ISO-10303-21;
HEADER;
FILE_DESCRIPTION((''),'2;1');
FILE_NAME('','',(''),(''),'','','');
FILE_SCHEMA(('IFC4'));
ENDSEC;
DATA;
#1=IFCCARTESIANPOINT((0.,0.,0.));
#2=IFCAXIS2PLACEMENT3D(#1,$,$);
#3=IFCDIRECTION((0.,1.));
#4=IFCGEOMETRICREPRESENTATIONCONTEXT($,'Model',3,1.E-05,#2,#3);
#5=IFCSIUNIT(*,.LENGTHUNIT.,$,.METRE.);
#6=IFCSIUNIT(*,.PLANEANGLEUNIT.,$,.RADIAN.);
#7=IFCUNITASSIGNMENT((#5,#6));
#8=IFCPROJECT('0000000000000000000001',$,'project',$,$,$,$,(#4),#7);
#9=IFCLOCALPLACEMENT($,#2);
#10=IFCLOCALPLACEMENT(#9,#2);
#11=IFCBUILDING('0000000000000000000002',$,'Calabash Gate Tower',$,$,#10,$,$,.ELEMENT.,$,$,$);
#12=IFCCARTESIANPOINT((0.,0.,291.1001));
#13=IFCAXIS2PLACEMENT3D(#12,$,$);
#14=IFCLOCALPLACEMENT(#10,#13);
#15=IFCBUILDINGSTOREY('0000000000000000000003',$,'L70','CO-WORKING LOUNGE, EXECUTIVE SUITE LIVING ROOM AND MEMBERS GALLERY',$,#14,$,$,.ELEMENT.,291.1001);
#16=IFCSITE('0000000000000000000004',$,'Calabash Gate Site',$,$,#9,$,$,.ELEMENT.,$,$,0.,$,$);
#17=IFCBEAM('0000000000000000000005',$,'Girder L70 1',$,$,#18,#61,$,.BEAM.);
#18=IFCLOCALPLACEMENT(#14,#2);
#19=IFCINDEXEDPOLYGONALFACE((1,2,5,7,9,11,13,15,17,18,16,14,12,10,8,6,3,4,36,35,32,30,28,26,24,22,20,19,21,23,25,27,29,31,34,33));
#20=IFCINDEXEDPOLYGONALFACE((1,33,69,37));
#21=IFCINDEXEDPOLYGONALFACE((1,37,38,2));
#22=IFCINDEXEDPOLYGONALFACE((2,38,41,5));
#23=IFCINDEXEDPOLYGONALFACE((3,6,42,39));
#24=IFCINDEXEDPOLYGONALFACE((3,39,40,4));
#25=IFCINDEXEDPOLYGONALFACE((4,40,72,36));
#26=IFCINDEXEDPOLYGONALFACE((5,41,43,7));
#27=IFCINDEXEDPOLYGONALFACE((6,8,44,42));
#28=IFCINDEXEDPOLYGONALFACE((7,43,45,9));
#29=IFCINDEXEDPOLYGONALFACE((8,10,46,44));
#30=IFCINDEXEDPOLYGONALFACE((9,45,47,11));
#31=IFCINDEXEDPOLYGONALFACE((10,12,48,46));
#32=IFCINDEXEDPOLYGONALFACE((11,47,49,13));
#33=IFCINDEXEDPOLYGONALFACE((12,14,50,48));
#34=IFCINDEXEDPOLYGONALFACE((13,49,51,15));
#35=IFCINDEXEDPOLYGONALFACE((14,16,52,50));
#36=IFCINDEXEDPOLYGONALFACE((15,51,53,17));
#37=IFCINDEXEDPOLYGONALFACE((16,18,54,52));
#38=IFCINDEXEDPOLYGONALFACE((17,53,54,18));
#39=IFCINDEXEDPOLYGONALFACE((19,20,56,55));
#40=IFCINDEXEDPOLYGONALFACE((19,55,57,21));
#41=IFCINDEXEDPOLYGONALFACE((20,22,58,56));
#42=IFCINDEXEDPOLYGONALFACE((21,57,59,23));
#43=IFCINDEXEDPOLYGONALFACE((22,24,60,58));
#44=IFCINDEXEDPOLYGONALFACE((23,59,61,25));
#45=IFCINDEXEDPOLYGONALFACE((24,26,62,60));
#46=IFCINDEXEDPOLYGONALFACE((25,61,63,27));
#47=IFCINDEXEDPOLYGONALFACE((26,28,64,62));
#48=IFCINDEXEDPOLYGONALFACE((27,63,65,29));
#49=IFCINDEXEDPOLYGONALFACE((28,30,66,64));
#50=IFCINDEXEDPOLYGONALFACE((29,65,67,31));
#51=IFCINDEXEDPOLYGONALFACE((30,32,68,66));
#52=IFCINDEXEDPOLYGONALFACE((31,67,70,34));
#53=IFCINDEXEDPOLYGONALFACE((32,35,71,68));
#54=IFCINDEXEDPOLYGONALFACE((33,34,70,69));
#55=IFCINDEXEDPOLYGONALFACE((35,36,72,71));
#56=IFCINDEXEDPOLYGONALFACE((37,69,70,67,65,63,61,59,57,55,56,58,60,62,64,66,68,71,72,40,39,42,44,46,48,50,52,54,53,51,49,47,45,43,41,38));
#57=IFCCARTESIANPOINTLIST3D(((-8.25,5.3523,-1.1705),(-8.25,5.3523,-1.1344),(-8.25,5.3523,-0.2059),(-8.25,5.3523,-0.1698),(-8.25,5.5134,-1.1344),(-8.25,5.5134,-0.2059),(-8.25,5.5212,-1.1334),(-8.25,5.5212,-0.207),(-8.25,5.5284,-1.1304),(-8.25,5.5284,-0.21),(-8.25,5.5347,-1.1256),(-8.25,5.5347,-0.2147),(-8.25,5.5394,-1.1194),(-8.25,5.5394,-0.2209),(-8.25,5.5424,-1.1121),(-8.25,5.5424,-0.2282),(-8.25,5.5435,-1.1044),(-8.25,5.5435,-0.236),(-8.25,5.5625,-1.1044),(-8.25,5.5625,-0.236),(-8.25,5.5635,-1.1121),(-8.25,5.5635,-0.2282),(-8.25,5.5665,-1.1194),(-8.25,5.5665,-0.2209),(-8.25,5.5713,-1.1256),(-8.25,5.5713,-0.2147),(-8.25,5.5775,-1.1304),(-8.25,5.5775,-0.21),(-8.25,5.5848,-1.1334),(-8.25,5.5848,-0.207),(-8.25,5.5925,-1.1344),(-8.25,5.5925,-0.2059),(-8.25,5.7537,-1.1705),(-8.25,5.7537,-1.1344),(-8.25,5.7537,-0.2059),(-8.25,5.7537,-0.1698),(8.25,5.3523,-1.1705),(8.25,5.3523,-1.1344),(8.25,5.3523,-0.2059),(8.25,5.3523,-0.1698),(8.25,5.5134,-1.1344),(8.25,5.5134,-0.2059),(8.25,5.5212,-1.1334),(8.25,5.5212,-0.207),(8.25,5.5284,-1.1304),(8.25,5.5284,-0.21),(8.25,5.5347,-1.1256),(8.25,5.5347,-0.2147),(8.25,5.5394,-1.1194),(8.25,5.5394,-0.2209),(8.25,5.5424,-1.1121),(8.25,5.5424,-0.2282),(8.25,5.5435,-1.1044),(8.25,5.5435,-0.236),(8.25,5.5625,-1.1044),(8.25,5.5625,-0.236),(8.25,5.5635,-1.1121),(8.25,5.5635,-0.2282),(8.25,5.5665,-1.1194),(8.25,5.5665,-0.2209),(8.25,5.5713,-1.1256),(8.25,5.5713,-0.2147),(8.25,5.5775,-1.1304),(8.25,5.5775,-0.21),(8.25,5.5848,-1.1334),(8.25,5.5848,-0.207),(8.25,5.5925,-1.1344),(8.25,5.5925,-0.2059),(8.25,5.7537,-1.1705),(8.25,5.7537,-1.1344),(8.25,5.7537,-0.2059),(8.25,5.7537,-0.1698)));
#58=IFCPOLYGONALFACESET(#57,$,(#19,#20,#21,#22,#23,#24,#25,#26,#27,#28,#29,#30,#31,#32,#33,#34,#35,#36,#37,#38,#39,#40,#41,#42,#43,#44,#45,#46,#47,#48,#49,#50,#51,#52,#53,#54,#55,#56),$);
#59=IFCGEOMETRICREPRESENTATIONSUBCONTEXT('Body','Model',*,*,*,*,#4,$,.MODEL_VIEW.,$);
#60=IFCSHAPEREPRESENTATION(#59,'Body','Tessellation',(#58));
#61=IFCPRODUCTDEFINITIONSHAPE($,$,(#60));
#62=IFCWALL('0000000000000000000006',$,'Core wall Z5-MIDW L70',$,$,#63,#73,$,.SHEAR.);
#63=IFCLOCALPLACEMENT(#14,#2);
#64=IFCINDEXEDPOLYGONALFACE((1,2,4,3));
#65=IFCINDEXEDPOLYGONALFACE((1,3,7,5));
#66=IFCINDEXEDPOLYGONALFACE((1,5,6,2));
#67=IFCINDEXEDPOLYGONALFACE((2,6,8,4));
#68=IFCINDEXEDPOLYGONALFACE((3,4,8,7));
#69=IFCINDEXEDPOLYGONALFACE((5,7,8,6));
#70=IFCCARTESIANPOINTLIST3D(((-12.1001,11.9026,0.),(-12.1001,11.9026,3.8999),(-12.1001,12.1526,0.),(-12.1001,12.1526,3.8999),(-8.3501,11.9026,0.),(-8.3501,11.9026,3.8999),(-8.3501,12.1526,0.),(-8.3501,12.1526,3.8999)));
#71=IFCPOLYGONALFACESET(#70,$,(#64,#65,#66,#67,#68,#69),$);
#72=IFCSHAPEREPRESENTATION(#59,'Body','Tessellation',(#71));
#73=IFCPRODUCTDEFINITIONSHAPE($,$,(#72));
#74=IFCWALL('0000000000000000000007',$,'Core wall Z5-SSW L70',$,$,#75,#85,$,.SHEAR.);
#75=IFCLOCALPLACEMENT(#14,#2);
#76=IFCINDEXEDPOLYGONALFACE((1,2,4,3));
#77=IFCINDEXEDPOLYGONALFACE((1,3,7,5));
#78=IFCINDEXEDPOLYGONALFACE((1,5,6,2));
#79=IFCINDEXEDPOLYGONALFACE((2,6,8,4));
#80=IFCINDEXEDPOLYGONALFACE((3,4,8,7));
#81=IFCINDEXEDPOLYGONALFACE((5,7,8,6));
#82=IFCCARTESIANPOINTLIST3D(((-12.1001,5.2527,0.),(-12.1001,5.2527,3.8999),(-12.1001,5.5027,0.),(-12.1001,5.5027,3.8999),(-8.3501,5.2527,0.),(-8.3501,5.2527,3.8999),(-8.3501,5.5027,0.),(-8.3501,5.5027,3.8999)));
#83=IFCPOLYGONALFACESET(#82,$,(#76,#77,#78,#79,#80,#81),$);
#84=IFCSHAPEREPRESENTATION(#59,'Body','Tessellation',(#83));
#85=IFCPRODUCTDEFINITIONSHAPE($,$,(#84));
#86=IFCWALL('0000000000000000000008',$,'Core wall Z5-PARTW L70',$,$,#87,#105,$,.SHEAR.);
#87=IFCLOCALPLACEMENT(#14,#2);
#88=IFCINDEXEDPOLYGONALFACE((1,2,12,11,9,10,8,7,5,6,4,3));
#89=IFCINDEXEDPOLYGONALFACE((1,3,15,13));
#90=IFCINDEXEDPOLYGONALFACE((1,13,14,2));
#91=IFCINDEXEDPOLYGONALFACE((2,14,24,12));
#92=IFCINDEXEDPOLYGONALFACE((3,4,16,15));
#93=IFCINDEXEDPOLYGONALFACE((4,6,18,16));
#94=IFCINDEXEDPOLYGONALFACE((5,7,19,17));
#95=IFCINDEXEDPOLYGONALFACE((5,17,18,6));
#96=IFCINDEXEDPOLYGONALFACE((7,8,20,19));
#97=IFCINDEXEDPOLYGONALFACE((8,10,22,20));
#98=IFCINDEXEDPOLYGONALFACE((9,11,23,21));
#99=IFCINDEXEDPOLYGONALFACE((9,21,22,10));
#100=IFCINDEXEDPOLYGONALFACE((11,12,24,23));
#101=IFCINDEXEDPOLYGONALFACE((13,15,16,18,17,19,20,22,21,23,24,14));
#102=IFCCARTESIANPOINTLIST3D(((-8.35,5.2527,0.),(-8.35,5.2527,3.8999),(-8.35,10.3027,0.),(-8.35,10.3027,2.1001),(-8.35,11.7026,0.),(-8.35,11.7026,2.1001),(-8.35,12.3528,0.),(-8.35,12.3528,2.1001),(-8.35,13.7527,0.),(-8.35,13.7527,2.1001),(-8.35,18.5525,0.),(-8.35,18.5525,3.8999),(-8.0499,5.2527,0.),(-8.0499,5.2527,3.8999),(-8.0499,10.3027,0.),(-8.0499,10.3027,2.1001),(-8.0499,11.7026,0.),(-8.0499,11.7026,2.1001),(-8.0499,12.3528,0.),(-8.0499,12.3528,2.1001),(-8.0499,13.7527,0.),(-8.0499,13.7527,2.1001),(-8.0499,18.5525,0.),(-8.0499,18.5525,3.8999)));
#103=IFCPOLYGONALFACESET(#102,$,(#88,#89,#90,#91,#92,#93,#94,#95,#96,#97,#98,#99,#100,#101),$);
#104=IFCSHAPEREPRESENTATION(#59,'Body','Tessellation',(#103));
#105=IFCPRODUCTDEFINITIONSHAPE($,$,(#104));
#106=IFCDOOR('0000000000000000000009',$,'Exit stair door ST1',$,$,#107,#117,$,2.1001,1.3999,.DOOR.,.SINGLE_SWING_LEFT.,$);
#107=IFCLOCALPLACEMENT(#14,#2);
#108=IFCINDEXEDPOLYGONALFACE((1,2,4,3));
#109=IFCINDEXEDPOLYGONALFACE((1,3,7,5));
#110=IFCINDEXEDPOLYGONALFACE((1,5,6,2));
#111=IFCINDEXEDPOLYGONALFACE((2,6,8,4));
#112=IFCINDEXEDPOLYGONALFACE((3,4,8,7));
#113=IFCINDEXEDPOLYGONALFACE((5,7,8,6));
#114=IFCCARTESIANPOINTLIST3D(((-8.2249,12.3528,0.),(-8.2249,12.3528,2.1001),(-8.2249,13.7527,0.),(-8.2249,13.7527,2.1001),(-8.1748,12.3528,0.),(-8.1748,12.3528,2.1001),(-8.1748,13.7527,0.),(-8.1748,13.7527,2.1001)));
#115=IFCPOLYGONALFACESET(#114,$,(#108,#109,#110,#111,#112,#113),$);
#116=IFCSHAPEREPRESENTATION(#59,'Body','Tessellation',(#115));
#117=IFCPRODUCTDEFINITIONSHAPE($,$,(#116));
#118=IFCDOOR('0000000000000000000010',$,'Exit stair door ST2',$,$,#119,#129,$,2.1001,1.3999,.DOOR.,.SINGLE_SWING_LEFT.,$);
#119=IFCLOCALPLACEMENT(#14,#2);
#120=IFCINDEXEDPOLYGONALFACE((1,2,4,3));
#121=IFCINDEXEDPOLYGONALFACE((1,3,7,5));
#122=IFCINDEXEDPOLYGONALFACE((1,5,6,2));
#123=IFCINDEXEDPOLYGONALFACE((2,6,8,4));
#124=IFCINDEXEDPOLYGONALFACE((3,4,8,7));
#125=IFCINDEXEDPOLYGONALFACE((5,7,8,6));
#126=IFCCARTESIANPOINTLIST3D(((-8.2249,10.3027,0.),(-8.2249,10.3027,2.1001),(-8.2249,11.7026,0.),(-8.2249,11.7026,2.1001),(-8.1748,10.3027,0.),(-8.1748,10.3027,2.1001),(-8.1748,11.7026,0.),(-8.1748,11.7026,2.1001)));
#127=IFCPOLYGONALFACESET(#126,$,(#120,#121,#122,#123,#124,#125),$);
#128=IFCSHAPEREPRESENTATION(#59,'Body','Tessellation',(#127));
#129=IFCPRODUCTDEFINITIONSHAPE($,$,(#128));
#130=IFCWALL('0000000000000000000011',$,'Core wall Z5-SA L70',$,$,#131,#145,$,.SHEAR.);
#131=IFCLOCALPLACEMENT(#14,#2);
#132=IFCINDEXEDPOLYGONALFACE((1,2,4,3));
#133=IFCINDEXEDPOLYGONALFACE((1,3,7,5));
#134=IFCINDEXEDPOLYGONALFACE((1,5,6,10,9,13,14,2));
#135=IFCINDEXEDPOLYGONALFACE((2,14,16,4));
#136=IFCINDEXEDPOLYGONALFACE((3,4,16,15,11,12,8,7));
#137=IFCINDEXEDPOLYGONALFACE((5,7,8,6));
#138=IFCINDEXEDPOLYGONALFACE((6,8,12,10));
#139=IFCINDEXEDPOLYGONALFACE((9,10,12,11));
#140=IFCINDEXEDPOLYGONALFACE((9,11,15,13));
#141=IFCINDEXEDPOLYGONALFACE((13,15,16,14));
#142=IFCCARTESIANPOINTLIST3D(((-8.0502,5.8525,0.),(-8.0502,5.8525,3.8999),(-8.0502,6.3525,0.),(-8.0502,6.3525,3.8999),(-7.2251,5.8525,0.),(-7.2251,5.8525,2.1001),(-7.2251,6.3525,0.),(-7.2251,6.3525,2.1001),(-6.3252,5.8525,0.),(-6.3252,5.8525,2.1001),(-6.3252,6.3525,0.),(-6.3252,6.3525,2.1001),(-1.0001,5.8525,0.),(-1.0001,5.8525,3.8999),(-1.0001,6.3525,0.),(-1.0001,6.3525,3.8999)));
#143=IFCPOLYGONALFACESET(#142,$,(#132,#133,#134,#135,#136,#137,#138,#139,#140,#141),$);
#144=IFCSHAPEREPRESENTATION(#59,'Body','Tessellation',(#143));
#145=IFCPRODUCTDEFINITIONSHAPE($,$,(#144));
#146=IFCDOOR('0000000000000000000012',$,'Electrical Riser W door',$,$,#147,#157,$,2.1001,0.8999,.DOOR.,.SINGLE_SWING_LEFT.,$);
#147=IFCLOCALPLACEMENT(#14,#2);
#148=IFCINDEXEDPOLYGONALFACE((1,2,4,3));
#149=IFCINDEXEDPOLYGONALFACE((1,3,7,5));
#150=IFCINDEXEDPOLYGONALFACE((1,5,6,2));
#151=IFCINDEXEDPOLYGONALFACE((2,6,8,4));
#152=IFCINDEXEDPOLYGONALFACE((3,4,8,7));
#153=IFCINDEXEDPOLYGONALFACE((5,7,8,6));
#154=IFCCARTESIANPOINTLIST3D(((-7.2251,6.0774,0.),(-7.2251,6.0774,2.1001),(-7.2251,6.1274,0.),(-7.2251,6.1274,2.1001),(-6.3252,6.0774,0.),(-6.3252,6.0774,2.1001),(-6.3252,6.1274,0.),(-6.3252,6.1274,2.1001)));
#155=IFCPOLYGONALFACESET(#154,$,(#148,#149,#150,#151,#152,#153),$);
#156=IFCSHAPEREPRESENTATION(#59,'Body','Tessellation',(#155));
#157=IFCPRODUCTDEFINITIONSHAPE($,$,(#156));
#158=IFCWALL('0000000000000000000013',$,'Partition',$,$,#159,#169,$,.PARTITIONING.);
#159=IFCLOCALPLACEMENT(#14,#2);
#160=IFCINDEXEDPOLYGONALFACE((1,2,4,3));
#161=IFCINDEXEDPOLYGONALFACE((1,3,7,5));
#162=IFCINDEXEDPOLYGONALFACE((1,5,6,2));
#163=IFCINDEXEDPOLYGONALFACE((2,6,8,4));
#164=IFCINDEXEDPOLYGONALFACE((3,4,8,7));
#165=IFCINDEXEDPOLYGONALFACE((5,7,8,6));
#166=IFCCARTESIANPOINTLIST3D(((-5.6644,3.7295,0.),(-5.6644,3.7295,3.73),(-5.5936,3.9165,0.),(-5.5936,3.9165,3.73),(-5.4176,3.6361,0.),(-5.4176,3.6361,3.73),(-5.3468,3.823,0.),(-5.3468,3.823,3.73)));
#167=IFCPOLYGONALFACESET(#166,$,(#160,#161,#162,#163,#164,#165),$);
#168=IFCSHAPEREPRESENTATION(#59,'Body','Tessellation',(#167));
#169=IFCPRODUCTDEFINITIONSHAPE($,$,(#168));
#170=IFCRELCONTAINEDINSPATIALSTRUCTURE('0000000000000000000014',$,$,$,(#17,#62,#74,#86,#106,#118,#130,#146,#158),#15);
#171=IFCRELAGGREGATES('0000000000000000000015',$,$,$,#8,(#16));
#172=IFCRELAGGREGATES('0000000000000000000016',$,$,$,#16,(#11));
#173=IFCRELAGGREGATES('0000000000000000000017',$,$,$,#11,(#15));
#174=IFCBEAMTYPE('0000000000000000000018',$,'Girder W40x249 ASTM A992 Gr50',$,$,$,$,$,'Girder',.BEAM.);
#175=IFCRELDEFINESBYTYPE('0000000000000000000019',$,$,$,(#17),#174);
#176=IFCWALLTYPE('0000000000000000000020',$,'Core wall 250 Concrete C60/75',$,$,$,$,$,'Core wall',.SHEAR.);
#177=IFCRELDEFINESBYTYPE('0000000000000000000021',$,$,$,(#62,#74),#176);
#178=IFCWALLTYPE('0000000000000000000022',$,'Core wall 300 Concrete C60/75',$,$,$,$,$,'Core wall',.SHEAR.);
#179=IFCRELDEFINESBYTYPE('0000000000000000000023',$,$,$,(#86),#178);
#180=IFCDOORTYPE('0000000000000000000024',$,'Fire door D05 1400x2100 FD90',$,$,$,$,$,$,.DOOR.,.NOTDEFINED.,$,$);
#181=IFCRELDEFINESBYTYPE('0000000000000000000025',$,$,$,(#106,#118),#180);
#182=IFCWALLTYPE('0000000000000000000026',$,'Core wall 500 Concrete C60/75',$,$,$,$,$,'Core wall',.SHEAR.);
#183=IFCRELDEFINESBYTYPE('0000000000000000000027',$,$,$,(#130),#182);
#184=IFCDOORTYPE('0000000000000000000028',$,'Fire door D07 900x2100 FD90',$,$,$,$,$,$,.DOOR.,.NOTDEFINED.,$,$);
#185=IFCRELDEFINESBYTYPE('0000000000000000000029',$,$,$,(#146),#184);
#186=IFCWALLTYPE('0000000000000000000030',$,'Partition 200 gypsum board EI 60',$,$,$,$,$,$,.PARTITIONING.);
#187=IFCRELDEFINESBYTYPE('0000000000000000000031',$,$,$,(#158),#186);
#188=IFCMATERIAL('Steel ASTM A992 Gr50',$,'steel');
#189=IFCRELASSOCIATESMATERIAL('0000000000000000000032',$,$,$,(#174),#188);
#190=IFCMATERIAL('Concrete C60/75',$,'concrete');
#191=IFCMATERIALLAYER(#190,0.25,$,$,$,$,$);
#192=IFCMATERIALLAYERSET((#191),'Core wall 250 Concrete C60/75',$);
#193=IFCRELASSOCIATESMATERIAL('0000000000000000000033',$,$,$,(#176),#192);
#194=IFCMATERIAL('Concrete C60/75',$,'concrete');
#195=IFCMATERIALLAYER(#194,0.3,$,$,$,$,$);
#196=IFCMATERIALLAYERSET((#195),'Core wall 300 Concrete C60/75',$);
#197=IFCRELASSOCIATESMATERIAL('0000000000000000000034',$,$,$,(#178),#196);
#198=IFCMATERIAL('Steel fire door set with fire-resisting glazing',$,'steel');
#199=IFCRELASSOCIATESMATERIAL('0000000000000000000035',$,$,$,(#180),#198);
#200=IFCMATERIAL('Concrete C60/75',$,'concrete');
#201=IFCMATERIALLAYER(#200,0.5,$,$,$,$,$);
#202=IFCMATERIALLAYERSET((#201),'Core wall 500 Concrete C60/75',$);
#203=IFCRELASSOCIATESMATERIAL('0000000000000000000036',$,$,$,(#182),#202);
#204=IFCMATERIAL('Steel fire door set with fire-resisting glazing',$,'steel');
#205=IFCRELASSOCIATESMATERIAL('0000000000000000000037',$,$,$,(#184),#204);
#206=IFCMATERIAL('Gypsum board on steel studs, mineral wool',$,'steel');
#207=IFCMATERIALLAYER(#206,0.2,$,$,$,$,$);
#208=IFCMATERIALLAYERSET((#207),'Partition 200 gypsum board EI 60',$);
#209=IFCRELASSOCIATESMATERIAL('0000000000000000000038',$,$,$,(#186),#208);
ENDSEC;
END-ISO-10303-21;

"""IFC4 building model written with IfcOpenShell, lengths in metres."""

from ifc_helpers import new_model, si_unit, direction, frame, frame_2d, origin, origin_2d, place, context, subcontext, project, spatial, rectangle, i_section, extrude, material, layer, layer_set, material_profile, profile_set, type_object, element, fill, save


model = new_model("IFC4")

# Units and contexts
model_context = context("Model", 3, precision=1e-05, world=origin(), true_north=direction((0.0, 1.0)))
body_context = subcontext(model_context, "Body", "Model", "MODEL_VIEW")
ifc_project = project(units=[si_unit("LENGTHUNIT", "METRE"), si_unit("PLANEANGLEUNIT", "RADIAN")], contexts=[model_context])

# Site, building, storey
site_placement = place(None, origin())
site = spatial("IfcSite", under=ifc_project, at=site_placement, Name="Calabash Gate Site", CompositionType="ELEMENT", RefElevation=0.0)
building_placement = place(site_placement, origin())
building = spatial("IfcBuilding", under=site, at=building_placement, Name="Calabash Gate Tower", CompositionType="ELEMENT")
storey_placement = place(building_placement, frame((0.0, 0.0, 291.1001)))
storey = spatial("IfcBuildingStorey", under=building, at=storey_placement, Name="L70", Description="CO-WORKING LOUNGE, EXECUTIVE SUITE LIVING ROOM AND MEMBERS GALLERY", CompositionType="ELEMENT", Elevation=291.1001)

# Beam
ifc_material_1 = material(Name="Steel ASTM A992 Gr50", Category="steel")
ifc_material_profile = material_profile(ifc_material_1, i_section(OverallWidth=0.4014, OverallDepth=1.0007, WebThickness=0.019, FlangeThickness=0.0361, FilletRadius=0.03, at=origin_2d()))
ifc_profile_set = profile_set([ifc_material_profile], Name="Steel ASTM A992 Gr50")
beam_type = type_object("IfcBeamType", Name="Girder W40x249 ASTM A992 Gr50", ElementType="Girder", PredefinedType="BEAM", material=ifc_profile_set)
beam_placement = place(storey_placement, frame((-8.25, 5.553, -0.6702), z_axis=(1.0, 0.0, 0.0), x_axis=(0.0, 1.0, 0.0)))
element("IfcBeam", 1, at=beam_placement, inside=storey, type_object=beam_type, Name="Girder L70 1", PredefinedType="BEAM", context=body_context, shape_type="SweptSolid", body=[
    extrude(i_section(OverallWidth=0.4014, OverallDepth=1.0007, WebThickness=0.019, FlangeThickness=0.0361, FilletRadius=0.03, at=origin_2d()), origin(), (0.0, 0.0, 1.0), 16.5),
])

# Walls
ifc_material_2 = material(Name="Concrete C60/75", Category="concrete")
ifc_layer_1 = layer(ifc_material_2, 0.25)
ifc_layer_set_1 = layer_set([ifc_layer_1], Name="Core wall 250 Concrete C60/75")
wall_type_1 = type_object("IfcWallType", Name="Core wall 250 Concrete C60/75", ElementType="Core wall", PredefinedType="SHEAR", material=ifc_layer_set_1)
for number, where, z_axis, x_axis, name in (
    (2, (-12.1001, 12.0276, 0.0), (0.0, 0.0, 1.0), (1.0, 0.0, 0.0), "Core wall Z5-MIDW L70"),
    (3, (-12.1001, 5.3777, 0.0), (0.0, 0.0, 1.0), (1.0, 0.0, 0.0), "Core wall Z5-SSW L70"),
):
    element("IfcWall", number, at=place(storey_placement, frame(where, z_axis=z_axis, x_axis=x_axis)), inside=storey, type_object=wall_type_1, Name=name, PredefinedType="SHEAR", context=body_context, shape_type="SweptSolid", body=[
        extrude(rectangle(XDim=3.75, YDim=0.25, at=frame_2d((1.875, 0.0))), origin(), (0.0, 0.0, 1.0), 3.8999),
    ])

# Wall, openings, doors
ifc_material_3 = material(Name="Concrete C60/75", Category="concrete")
ifc_layer_2 = layer(ifc_material_3, 0.3)
ifc_layer_set_2 = layer_set([ifc_layer_2], Name="Core wall 300 Concrete C60/75")
wall_type_2 = type_object("IfcWallType", Name="Core wall 300 Concrete C60/75", ElementType="Core wall", PredefinedType="SHEAR", material=ifc_layer_set_2)
wall_1_placement = place(storey_placement, frame((-8.2, 5.2527, 0.0), z_axis=(0.0, 0.0, 1.0), x_axis=(0.0, 1.0, 0.0)))
wall_1 = element("IfcWall", 4, at=wall_1_placement, inside=storey, type_object=wall_type_2, Name="Core wall Z5-PARTW L70", PredefinedType="SHEAR", context=body_context, shape_type="SweptSolid", body=[
    extrude(rectangle(XDim=13.2998, YDim=0.3, at=frame_2d((6.6499, 0.0))), origin(), (0.0, 0.0, 1.0), 3.8999),
])
opening_1_placement = place(wall_1_placement, frame((7.1001, 0.0, 0.0)))
opening_1 = element("IfcOpeningElement", 5, at=opening_1_placement, cuts=wall_1, PredefinedType="OPENING", context=body_context, shape_type="SweptSolid", body=[
    extrude(rectangle(XDim=1.3999, YDim=2.1001, at=frame_2d((0.7, 1.05))), frame((0.0, 0.1599, 0.0), z_axis=(0.0, -1.0, 0.0), x_axis=(1.0, 0.0, 0.0)), (0.0, 0.0, 1.0), 0.3201),
])
opening_2_placement = place(wall_1_placement, frame((5.05, 0.0, 0.0)))
opening_2 = element("IfcOpeningElement", 6, at=opening_2_placement, cuts=wall_1, PredefinedType="OPENING", context=body_context, shape_type="SweptSolid", body=[
    extrude(rectangle(XDim=1.3999, YDim=2.1001, at=frame_2d((0.7, 1.05))), frame((0.0, 0.1599, 0.0), z_axis=(0.0, -1.0, 0.0), x_axis=(1.0, 0.0, 0.0)), (0.0, 0.0, 1.0), 0.3201),
])
ifc_material_4 = material(Name="Steel fire door set with fire-resisting glazing", Category="steel")
door_type_1 = type_object("IfcDoorType", Name="Fire door D05 1400x2100 FD90", OperationType="NOTDEFINED", PredefinedType="DOOR", material=ifc_material_4)
door_1_placement = place(opening_1_placement, origin())
door_1 = element("IfcDoor", 7, at=door_1_placement, inside=storey, type_object=door_type_1, Name="Exit stair door ST1", OperationType="SINGLE_SWING_LEFT", OverallHeight=2.1001, OverallWidth=1.3999, PredefinedType="DOOR", context=body_context, shape_type="SweptSolid", body=[
    extrude(rectangle(XDim=1.3999, YDim=2.1001, at=frame_2d((0.7, 1.05))), frame((0.0, 0.0249, 0.0), z_axis=(0.0, -1.0, 0.0), x_axis=(1.0, 0.0, 0.0)), (0.0, 0.0, 1.0), 0.05),
])
fill(opening_1, door_1)
door_2_placement = place(opening_2_placement, origin())
door_2 = element("IfcDoor", 8, at=door_2_placement, inside=storey, type_object=door_type_1, Name="Exit stair door ST2", OperationType="SINGLE_SWING_LEFT", OverallHeight=2.1001, OverallWidth=1.3999, PredefinedType="DOOR", context=body_context, shape_type="SweptSolid", body=[
    extrude(rectangle(XDim=1.3999, YDim=2.1001, at=frame_2d((0.7, 1.05))), frame((0.0, 0.0249, 0.0), z_axis=(0.0, -1.0, 0.0), x_axis=(1.0, 0.0, 0.0)), (0.0, 0.0, 1.0), 0.05),
])
fill(opening_2, door_2)

# Wall, opening, door
ifc_material_5 = material(Name="Concrete C60/75", Category="concrete")
ifc_layer_3 = layer(ifc_material_5, 0.5)
ifc_layer_set_3 = layer_set([ifc_layer_3], Name="Core wall 500 Concrete C60/75")
wall_type_3 = type_object("IfcWallType", Name="Core wall 500 Concrete C60/75", ElementType="Core wall", PredefinedType="SHEAR", material=ifc_layer_set_3)
wall_2_placement = place(storey_placement, frame((-8.05, 6.1025, 0.0), z_axis=(0.0, 0.0, 1.0), x_axis=(1.0, 0.0, 0.0)))
wall_2 = element("IfcWall", 9, at=wall_2_placement, inside=storey, type_object=wall_type_3, Name="Core wall Z5-SA L70", PredefinedType="SHEAR", context=body_context, shape_type="SweptSolid", body=[
    extrude(rectangle(XDim=7.05, YDim=0.5, at=frame_2d((3.5249, 0.0))), origin(), (0.0, 0.0, 1.0), 3.8999),
])
opening_3_placement = place(wall_2_placement, frame((0.825, 0.0, 0.0)))
opening_3 = element("IfcOpeningElement", 10, at=opening_3_placement, cuts=wall_2, PredefinedType="OPENING", context=body_context, shape_type="SweptSolid", body=[
    extrude(rectangle(XDim=0.8999, YDim=2.1001, at=frame_2d((0.45, 1.05))), frame((0.0, 0.26, 0.0), z_axis=(0.0, -1.0, 0.0), x_axis=(1.0, 0.0, 0.0)), (0.0, 0.0, 1.0), 0.52),
])
ifc_material_6 = material(Name="Steel fire door set with fire-resisting glazing", Category="steel")
door_type_2 = type_object("IfcDoorType", Name="Fire door D07 900x2100 FD90", OperationType="NOTDEFINED", PredefinedType="DOOR", material=ifc_material_6)
door_3_placement = place(opening_3_placement, origin())
door_3 = element("IfcDoor", 11, at=door_3_placement, inside=storey, type_object=door_type_2, Name="Electrical Riser W door", OperationType="SINGLE_SWING_LEFT", OverallHeight=2.1001, OverallWidth=0.8999, PredefinedType="DOOR", context=body_context, shape_type="SweptSolid", body=[
    extrude(rectangle(XDim=0.8999, YDim=2.1001, at=frame_2d((0.45, 1.05))), frame((0.0, 0.0249, 0.0), z_axis=(0.0, -1.0, 0.0), x_axis=(1.0, 0.0, 0.0)), (0.0, 0.0, 1.0), 0.05),
])
fill(opening_3, door_3)

# Wall
ifc_material_7 = material(Name="Gypsum board on steel studs, mineral wool", Category="steel")
ifc_layer_4 = layer(ifc_material_7, 0.2)
ifc_layer_set_4 = layer_set([ifc_layer_4], Name="Partition 200 gypsum board EI 60")
wall_type_4 = type_object("IfcWallType", Name="Partition 200 gypsum board EI 60", PredefinedType="PARTITIONING", material=ifc_layer_set_4)
wall_3_placement = place(storey_placement, frame((-5.6289, 3.823, 0.0), z_axis=(0.0, 0.0, 1.0), x_axis=(0.935146, -0.354264, 0.0)))
element("IfcWall", 12, at=wall_3_placement, inside=storey, type_object=wall_type_4, Name="Partition", PredefinedType="PARTITIONING", context=body_context, shape_type="SweptSolid", body=[
    extrude(rectangle(XDim=0.2639, YDim=0.2, at=frame_2d((0.1318, 0.0))), origin(), (0.0, 0.0, 1.0), 3.73),
])

save(model, "model.ifc")
